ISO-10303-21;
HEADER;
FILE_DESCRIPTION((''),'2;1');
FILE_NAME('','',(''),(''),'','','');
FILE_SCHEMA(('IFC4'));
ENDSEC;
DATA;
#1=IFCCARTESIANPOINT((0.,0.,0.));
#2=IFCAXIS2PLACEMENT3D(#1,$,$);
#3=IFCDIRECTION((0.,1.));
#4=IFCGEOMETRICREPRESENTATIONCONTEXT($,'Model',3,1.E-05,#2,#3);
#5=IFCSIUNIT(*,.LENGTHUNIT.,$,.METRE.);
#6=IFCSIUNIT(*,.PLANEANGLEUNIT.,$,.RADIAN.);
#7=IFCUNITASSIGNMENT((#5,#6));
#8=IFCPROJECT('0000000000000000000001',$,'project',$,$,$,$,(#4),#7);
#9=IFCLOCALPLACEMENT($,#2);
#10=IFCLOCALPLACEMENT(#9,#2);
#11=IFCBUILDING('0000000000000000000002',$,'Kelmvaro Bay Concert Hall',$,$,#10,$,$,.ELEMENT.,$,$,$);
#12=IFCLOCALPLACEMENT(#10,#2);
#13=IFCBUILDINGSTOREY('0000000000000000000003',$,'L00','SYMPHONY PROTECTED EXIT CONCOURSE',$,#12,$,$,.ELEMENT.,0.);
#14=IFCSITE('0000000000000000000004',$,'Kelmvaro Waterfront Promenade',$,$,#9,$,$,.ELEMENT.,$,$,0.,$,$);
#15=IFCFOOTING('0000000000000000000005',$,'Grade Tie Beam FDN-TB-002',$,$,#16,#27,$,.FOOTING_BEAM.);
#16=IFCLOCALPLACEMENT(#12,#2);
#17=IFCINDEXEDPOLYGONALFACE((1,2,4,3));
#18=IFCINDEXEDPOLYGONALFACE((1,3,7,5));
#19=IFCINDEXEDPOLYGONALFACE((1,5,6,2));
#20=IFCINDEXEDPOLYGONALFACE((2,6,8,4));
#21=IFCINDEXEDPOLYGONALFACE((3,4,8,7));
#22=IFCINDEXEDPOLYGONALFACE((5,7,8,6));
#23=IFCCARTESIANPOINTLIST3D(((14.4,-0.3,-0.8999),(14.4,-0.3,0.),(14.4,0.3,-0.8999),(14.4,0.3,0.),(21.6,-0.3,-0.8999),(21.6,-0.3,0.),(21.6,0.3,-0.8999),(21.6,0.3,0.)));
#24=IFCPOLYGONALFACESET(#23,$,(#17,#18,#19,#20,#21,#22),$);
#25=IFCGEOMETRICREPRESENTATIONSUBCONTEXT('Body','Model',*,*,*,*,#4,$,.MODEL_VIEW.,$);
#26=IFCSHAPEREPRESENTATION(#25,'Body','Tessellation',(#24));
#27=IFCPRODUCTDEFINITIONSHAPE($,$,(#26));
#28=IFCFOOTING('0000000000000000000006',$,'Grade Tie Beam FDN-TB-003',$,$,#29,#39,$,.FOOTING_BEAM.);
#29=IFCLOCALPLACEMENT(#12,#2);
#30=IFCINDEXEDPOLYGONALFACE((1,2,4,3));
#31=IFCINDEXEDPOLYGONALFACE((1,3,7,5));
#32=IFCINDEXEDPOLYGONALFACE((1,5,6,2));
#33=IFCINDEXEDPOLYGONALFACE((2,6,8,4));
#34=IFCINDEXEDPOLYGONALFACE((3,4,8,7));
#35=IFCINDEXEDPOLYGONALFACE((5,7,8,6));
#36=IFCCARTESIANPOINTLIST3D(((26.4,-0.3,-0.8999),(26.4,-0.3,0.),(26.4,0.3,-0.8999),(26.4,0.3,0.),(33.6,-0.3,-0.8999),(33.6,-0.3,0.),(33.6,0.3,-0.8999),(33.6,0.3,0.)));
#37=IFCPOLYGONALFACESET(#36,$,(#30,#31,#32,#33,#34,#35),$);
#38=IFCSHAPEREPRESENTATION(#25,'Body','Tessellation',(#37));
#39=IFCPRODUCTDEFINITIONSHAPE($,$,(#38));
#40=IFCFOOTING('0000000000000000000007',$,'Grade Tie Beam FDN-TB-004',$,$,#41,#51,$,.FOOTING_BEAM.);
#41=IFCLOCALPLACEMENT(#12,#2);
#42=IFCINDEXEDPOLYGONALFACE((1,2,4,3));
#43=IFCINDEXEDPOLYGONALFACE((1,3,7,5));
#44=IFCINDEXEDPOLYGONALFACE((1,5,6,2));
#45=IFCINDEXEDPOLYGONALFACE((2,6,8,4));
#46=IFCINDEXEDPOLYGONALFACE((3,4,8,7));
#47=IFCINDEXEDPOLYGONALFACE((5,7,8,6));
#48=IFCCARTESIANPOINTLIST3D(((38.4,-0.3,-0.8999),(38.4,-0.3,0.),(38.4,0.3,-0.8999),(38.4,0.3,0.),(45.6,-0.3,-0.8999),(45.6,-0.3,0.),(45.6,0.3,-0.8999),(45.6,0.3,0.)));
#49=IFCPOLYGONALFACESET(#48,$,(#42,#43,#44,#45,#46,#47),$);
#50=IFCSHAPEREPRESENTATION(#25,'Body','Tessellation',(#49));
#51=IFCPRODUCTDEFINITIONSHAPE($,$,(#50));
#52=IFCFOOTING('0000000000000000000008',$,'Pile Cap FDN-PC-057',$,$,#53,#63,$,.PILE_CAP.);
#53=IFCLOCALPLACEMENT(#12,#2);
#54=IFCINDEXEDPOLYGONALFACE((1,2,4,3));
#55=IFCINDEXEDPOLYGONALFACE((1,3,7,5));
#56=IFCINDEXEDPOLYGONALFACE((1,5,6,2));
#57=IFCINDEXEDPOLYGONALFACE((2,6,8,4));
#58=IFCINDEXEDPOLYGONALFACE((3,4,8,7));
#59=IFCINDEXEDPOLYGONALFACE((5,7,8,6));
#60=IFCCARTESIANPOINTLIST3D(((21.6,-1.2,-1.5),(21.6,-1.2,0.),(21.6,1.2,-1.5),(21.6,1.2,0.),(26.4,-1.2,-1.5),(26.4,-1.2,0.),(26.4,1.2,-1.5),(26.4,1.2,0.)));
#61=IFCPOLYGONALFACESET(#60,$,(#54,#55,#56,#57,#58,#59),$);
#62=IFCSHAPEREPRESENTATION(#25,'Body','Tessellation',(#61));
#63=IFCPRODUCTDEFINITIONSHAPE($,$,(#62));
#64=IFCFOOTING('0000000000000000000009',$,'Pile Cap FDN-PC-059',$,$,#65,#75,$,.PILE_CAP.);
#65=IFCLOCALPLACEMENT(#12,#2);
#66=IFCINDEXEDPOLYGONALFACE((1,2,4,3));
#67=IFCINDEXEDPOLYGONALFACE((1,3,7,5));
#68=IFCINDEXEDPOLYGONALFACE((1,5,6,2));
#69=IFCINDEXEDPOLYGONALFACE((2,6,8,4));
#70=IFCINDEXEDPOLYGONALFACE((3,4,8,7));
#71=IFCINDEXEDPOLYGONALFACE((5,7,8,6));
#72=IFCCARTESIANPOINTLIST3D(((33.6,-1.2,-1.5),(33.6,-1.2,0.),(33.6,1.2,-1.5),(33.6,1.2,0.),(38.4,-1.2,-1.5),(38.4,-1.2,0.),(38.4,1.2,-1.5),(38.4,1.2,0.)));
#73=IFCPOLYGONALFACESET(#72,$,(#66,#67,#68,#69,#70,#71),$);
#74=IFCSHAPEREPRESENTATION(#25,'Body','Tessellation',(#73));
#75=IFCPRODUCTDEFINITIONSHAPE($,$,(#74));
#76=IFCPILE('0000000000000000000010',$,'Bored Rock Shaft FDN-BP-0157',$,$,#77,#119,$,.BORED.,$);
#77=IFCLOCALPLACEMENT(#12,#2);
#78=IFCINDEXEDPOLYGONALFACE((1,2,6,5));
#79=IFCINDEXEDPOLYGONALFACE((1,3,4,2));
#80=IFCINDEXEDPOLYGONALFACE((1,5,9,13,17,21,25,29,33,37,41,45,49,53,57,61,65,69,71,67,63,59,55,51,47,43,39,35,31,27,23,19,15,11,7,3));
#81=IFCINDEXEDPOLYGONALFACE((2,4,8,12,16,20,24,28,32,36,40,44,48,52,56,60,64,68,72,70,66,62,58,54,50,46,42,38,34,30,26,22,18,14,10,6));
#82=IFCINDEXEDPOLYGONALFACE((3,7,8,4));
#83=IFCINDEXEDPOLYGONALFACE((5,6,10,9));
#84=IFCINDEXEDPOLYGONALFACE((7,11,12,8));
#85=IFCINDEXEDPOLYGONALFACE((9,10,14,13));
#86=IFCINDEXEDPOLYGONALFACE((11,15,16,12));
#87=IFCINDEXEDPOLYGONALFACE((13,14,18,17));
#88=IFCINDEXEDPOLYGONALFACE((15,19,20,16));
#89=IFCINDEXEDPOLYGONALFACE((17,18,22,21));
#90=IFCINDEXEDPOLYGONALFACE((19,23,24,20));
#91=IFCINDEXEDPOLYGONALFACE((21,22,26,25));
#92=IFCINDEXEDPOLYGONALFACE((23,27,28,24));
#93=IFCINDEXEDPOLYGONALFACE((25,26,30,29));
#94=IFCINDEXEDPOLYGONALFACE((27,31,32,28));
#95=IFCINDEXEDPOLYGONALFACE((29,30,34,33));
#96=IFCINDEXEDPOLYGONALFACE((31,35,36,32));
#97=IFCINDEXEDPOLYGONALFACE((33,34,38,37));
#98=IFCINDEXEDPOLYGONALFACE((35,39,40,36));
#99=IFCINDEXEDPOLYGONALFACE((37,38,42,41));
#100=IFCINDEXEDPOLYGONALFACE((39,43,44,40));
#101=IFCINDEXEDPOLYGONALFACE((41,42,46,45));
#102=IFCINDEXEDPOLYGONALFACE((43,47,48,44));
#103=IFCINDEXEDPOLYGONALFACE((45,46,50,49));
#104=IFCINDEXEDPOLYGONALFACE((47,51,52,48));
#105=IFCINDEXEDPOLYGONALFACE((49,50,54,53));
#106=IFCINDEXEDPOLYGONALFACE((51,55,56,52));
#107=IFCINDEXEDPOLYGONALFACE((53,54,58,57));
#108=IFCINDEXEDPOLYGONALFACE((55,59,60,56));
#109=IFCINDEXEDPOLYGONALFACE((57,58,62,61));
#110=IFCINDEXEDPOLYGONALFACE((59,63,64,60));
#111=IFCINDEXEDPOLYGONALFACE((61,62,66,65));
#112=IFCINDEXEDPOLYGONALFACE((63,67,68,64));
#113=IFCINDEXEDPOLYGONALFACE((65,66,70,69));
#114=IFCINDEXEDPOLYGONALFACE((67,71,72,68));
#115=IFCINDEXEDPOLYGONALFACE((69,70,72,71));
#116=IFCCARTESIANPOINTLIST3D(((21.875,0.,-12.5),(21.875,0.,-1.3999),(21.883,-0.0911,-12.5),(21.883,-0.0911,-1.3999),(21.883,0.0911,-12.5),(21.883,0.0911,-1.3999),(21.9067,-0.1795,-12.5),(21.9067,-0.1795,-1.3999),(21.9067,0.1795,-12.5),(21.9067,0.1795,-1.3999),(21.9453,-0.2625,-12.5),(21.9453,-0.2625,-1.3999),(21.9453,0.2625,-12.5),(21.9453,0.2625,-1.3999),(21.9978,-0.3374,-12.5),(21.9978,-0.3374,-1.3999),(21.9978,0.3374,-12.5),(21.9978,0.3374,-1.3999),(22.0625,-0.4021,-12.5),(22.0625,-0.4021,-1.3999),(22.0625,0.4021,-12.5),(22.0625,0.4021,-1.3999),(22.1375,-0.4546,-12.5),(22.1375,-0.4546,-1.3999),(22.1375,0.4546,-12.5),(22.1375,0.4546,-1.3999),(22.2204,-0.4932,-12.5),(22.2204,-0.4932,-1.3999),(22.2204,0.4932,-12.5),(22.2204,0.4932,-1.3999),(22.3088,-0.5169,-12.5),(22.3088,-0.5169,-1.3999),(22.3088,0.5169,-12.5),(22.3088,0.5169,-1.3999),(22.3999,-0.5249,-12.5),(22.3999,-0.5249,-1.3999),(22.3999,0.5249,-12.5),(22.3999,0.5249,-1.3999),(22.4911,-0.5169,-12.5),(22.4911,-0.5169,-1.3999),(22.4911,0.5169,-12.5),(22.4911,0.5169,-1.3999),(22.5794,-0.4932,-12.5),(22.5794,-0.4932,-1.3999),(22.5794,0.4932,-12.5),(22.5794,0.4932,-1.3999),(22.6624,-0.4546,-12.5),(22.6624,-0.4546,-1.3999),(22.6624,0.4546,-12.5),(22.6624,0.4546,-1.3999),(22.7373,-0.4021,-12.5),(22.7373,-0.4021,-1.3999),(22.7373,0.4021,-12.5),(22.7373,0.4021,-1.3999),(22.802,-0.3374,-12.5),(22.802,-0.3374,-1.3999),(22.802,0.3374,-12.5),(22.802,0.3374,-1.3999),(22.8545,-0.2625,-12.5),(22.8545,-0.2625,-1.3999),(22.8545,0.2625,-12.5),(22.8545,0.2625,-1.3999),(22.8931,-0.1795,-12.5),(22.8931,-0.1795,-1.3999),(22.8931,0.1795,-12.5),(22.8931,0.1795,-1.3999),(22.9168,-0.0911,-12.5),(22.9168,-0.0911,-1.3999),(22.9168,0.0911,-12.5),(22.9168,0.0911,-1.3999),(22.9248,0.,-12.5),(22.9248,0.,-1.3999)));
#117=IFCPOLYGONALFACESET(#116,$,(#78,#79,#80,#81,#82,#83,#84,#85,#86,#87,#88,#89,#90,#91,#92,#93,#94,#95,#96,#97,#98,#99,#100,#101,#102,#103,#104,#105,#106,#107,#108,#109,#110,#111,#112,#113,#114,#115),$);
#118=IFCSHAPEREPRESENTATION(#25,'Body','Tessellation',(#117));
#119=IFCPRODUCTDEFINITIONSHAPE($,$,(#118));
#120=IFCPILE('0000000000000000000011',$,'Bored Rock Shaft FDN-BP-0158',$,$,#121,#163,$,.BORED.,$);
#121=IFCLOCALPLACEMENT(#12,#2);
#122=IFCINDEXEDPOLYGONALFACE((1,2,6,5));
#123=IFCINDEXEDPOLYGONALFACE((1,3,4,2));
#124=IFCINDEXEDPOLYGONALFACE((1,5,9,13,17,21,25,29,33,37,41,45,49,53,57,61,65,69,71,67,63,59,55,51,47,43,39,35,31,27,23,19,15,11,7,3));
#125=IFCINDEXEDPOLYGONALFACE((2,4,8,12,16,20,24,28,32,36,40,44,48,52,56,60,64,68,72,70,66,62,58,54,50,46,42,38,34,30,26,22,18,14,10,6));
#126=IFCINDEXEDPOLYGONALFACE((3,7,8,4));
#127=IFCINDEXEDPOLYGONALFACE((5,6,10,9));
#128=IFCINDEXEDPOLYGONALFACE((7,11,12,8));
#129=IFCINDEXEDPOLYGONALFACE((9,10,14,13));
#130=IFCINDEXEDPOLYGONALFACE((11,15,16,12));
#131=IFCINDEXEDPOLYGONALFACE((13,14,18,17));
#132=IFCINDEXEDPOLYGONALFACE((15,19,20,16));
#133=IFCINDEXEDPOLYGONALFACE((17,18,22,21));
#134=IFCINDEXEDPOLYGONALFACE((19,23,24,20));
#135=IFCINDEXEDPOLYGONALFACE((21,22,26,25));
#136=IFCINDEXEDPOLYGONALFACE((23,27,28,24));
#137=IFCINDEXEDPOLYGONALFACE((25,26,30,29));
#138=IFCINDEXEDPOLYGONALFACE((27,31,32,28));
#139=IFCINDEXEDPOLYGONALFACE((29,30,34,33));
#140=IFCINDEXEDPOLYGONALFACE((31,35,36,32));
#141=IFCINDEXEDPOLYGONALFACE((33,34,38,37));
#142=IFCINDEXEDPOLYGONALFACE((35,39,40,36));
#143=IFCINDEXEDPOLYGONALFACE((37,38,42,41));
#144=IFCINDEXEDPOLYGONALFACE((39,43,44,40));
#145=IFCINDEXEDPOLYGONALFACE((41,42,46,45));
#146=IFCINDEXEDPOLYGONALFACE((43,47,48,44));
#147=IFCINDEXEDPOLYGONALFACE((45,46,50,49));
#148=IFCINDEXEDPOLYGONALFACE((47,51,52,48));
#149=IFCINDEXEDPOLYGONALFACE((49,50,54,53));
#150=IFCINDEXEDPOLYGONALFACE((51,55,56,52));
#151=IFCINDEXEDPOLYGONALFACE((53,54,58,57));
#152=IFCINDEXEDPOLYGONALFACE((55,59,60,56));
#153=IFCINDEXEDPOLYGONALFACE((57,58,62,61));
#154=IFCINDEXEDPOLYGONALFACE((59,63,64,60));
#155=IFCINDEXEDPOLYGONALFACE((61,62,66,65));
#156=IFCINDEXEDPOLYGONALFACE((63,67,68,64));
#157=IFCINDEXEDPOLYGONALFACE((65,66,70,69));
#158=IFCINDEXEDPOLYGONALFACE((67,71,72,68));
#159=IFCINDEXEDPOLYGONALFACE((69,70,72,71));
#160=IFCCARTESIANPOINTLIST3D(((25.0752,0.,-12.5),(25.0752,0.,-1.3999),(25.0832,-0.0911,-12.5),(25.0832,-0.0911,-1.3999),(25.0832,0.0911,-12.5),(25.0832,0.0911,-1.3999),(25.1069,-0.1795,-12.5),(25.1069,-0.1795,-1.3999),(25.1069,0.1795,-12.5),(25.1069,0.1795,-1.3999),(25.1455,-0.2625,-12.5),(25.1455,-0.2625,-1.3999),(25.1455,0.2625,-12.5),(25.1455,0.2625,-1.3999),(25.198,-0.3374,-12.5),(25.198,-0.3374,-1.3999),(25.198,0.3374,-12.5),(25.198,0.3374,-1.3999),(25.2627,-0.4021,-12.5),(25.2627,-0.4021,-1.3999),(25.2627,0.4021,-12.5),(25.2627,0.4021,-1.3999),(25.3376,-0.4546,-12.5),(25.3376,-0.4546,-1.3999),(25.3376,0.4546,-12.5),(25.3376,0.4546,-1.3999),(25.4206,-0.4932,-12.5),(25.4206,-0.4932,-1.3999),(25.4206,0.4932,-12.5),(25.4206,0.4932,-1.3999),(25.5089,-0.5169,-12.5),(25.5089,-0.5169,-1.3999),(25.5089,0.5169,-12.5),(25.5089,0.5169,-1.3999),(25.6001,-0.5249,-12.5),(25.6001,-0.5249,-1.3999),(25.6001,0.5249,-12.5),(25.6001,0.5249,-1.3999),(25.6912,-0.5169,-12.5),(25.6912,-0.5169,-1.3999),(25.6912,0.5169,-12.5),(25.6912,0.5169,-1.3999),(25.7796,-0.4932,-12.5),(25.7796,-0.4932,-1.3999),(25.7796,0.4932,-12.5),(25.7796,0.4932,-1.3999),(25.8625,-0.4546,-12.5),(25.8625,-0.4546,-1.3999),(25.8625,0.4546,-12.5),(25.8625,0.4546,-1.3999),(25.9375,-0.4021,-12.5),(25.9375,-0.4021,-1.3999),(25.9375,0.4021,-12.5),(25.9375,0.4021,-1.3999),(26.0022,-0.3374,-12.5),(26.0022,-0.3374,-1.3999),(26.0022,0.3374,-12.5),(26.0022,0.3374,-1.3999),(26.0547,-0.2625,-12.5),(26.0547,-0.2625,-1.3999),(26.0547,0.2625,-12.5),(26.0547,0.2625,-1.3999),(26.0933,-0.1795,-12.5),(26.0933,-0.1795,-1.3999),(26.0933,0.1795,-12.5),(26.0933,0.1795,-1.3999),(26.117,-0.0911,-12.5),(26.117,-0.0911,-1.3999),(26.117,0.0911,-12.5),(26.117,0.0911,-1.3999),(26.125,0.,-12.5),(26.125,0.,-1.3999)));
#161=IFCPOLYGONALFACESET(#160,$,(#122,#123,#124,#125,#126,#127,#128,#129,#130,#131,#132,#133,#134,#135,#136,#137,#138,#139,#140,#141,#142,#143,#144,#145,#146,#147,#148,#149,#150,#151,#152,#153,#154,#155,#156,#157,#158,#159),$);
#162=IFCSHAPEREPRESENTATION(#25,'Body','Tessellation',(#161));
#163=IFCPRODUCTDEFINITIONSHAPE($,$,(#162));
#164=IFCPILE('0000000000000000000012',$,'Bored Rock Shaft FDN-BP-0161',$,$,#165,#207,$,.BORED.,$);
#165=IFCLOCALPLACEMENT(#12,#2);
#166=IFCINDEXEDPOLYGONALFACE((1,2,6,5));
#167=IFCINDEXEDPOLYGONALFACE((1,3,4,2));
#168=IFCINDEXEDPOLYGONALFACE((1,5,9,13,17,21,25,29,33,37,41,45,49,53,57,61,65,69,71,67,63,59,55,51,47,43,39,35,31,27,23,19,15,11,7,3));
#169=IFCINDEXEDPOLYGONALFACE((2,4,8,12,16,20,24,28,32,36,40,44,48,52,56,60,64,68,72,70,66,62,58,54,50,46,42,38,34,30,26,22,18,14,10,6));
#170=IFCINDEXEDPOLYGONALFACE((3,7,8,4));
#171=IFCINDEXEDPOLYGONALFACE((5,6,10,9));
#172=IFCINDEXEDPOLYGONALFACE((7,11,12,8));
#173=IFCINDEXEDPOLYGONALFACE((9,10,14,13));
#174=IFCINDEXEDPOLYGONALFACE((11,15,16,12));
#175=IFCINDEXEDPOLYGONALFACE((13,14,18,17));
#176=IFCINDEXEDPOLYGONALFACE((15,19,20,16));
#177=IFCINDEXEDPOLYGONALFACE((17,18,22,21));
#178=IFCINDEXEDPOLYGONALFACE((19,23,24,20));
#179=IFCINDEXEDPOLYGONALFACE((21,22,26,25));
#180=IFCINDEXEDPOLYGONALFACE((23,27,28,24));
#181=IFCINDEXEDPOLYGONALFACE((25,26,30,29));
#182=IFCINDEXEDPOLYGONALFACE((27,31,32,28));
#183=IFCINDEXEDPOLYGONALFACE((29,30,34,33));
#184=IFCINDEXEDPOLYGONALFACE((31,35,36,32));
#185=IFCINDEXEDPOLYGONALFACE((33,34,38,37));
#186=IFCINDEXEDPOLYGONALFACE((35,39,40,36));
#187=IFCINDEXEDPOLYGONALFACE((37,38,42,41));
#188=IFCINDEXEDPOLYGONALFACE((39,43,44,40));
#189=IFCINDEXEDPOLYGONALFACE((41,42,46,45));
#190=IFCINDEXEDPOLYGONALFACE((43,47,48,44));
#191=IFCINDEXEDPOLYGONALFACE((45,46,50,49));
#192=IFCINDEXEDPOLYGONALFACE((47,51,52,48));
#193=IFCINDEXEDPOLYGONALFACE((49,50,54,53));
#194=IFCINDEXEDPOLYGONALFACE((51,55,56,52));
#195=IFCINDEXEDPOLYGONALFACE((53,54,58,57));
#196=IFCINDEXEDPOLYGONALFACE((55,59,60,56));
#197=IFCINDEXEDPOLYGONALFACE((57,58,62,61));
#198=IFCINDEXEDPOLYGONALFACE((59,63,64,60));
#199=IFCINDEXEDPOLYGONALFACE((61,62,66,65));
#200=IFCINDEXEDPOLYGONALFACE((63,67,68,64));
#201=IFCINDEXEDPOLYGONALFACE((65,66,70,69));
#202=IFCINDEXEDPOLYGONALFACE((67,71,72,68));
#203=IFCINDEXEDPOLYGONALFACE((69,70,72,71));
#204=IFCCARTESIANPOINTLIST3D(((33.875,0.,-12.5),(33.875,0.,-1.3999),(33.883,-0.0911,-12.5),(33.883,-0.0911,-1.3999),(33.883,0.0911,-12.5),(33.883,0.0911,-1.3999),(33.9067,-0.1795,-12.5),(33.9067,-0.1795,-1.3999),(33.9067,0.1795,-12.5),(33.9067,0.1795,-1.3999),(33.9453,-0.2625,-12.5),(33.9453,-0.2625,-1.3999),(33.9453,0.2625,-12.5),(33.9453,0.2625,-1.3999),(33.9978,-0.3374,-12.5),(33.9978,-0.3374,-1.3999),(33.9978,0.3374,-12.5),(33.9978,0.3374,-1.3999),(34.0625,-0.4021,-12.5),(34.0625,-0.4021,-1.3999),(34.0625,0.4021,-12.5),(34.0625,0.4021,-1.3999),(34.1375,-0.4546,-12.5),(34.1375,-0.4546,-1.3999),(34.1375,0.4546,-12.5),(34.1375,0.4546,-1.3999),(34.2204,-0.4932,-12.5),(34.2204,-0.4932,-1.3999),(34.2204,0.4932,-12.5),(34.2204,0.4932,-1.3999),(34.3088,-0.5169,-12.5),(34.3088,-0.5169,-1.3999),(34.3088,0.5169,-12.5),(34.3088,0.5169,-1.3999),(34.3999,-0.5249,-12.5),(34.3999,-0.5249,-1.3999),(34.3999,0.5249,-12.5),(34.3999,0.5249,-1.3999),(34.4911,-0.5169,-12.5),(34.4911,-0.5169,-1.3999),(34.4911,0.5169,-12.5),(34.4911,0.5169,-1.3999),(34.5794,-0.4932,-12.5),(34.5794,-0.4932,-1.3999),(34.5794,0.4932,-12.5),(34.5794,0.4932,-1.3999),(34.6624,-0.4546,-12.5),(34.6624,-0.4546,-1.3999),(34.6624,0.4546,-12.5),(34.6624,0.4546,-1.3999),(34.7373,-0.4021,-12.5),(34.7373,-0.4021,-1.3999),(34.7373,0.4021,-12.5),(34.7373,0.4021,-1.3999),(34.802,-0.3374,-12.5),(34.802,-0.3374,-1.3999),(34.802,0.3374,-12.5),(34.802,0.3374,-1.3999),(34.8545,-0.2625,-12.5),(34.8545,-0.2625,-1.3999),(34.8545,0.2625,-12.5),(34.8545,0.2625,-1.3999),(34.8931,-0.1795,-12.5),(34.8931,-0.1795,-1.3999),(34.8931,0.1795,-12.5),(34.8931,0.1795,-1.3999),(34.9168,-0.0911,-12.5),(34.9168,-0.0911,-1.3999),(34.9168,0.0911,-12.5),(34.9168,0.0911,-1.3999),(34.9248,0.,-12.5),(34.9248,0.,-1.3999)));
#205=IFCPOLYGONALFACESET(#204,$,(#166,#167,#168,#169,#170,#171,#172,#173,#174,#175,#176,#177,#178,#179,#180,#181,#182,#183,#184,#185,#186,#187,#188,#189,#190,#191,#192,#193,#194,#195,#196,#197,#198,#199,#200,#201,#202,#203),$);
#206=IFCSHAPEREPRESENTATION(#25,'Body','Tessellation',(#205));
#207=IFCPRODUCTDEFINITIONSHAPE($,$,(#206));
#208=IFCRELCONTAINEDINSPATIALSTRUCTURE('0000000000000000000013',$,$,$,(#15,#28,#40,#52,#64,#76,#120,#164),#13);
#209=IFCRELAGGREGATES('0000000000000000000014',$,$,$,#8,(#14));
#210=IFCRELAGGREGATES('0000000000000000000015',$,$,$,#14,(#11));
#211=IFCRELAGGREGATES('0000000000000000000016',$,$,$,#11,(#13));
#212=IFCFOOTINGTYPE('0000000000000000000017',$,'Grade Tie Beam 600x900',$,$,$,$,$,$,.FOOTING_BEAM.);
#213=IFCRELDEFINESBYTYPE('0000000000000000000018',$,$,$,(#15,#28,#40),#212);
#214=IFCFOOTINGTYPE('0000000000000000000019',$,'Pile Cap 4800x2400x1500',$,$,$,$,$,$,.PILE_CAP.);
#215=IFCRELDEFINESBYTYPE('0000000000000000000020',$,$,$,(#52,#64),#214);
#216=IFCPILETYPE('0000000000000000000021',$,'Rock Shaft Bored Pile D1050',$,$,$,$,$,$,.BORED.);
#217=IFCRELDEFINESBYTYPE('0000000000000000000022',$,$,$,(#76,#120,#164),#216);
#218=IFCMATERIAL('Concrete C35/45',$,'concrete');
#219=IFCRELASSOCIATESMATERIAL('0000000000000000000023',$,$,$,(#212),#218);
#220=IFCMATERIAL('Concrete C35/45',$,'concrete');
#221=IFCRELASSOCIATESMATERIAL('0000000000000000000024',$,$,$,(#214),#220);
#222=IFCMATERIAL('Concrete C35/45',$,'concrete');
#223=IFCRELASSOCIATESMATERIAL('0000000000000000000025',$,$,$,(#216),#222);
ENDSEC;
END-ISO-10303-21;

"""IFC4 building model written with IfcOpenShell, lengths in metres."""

from ifc_helpers import new_model, si_unit, direction, frame, origin, origin_2d, place, context, subcontext, project, spatial, rectangle, circle, extrude, material, material_profile, profile_set, type_object, element, save


model = new_model("IFC4")

# Units and contexts
model_context = context("Model", 3, precision=1e-05, world=origin(), true_north=direction((0.0, 1.0)))
body_context = subcontext(model_context, "Body", "Model", "MODEL_VIEW")
ifc_project = project(units=[si_unit("LENGTHUNIT", "METRE"), si_unit("PLANEANGLEUNIT", "RADIAN")], contexts=[model_context])

# Site, building, storey
site_placement = place(None, origin())
site = spatial("IfcSite", under=ifc_project, at=site_placement, Name="Kelmvaro Waterfront Promenade", CompositionType="ELEMENT", RefElevation=0.0)
building_placement = place(site_placement, origin())
building = spatial("IfcBuilding", under=site, at=building_placement, Name="Kelmvaro Bay Concert Hall", CompositionType="ELEMENT")
storey_placement = place(building_placement, origin())
storey = spatial("IfcBuildingStorey", under=building, at=storey_placement, Name="L00", Description="SYMPHONY PROTECTED EXIT CONCOURSE", CompositionType="ELEMENT", Elevation=0.0)

# Footings
ifc_material_1 = material(Name="Concrete C35/45", Category="concrete")
footing_type_1 = type_object("IfcFootingType", Name="Grade Tie Beam 600x900", PredefinedType="FOOTING_BEAM", material=ifc_material_1)
for number, where, z_axis, x_axis, name in (
    (1, (18.0, 0.0, -0.8999), (0.0, 0.0, 1.0), (1.0, 0.0, 0.0), "Grade Tie Beam FDN-TB-002"),
    (2, (30.0, 0.0, -0.8999), (0.0, 0.0, 1.0), (1.0, 0.0, 0.0), "Grade Tie Beam FDN-TB-003"),
    (3, (42.0, 0.0, -0.8999), (0.0, 0.0, 1.0), (1.0, 0.0, 0.0), "Grade Tie Beam FDN-TB-004"),
):
    element("IfcFooting", number, at=place(storey_placement, frame(where, z_axis=z_axis, x_axis=x_axis)), inside=storey, type_object=footing_type_1, Name=name, PredefinedType="FOOTING_BEAM", context=body_context, shape_type="SweptSolid", body=[
        extrude(rectangle(XDim=7.2, YDim=0.6001, at=origin_2d()), origin(), (0.0, 0.0, 1.0), 0.8999),
    ])
ifc_material_2 = material(Name="Concrete C35/45", Category="concrete")
footing_type_2 = type_object("IfcFootingType", Name="Pile Cap 4800x2400x1500", PredefinedType="PILE_CAP", material=ifc_material_2)
for number, where, z_axis, x_axis, name in (
    (4, (24.0, 0.0, -1.5), (0.0, 0.0, 1.0), (1.0, 0.0, 0.0), "Pile Cap FDN-PC-057"),
    (5, (36.0, 0.0, -1.5), (0.0, 0.0, 1.0), (1.0, 0.0, 0.0), "Pile Cap FDN-PC-059"),
):
    element("IfcFooting", number, at=place(storey_placement, frame(where, z_axis=z_axis, x_axis=x_axis)), inside=storey, type_object=footing_type_2, Name=name, PredefinedType="PILE_CAP", context=body_context, shape_type="SweptSolid", body=[
        extrude(rectangle(XDim=4.8, YDim=2.3999, at=origin_2d()), origin(), (0.0, 0.0, 1.0), 1.5),
    ])

# Piles
ifc_material_3 = material(Name="Concrete C35/45", Category="concrete")
ifc_material_profile_1 = material_profile(ifc_material_3, circle(Radius=0.5249, at=origin_2d()), Name="PILE-BORED-1050")
ifc_profile_set_1 = profile_set([ifc_material_profile_1], Name="Concrete C35/45")
pile_type = type_object("IfcPileType", Name="Rock Shaft Bored Pile D1050", PredefinedType="BORED", material=ifc_profile_set_1)
for number, where, z_axis, x_axis, name in (
    (6, (22.3999, 0.0, -1.3999), (0.0, 0.0, -1.0), (1.0, 0.0, 0.0), "Bored Rock Shaft FDN-BP-0157"),
    (7, (25.6001, 0.0, -1.3999), (0.0, 0.0, -1.0), (1.0, 0.0, 0.0), "Bored Rock Shaft FDN-BP-0158"),
    (8, (34.3999, 0.0, -1.3999), (0.0, 0.0, -1.0), (1.0, 0.0, 0.0), "Bored Rock Shaft FDN-BP-0161"),
):
    element("IfcPile", number, at=place(storey_placement, frame(where, z_axis=z_axis, x_axis=x_axis)), inside=storey, type_object=pile_type, Name=name, PredefinedType="BORED", context=body_context, shape_type="SweptSolid", body=[
        extrude(circle(Radius=0.5249, at=origin_2d()), origin(), (0.0, 0.0, 1.0), 11.1001),
    ])

save(model, "model.ifc")
